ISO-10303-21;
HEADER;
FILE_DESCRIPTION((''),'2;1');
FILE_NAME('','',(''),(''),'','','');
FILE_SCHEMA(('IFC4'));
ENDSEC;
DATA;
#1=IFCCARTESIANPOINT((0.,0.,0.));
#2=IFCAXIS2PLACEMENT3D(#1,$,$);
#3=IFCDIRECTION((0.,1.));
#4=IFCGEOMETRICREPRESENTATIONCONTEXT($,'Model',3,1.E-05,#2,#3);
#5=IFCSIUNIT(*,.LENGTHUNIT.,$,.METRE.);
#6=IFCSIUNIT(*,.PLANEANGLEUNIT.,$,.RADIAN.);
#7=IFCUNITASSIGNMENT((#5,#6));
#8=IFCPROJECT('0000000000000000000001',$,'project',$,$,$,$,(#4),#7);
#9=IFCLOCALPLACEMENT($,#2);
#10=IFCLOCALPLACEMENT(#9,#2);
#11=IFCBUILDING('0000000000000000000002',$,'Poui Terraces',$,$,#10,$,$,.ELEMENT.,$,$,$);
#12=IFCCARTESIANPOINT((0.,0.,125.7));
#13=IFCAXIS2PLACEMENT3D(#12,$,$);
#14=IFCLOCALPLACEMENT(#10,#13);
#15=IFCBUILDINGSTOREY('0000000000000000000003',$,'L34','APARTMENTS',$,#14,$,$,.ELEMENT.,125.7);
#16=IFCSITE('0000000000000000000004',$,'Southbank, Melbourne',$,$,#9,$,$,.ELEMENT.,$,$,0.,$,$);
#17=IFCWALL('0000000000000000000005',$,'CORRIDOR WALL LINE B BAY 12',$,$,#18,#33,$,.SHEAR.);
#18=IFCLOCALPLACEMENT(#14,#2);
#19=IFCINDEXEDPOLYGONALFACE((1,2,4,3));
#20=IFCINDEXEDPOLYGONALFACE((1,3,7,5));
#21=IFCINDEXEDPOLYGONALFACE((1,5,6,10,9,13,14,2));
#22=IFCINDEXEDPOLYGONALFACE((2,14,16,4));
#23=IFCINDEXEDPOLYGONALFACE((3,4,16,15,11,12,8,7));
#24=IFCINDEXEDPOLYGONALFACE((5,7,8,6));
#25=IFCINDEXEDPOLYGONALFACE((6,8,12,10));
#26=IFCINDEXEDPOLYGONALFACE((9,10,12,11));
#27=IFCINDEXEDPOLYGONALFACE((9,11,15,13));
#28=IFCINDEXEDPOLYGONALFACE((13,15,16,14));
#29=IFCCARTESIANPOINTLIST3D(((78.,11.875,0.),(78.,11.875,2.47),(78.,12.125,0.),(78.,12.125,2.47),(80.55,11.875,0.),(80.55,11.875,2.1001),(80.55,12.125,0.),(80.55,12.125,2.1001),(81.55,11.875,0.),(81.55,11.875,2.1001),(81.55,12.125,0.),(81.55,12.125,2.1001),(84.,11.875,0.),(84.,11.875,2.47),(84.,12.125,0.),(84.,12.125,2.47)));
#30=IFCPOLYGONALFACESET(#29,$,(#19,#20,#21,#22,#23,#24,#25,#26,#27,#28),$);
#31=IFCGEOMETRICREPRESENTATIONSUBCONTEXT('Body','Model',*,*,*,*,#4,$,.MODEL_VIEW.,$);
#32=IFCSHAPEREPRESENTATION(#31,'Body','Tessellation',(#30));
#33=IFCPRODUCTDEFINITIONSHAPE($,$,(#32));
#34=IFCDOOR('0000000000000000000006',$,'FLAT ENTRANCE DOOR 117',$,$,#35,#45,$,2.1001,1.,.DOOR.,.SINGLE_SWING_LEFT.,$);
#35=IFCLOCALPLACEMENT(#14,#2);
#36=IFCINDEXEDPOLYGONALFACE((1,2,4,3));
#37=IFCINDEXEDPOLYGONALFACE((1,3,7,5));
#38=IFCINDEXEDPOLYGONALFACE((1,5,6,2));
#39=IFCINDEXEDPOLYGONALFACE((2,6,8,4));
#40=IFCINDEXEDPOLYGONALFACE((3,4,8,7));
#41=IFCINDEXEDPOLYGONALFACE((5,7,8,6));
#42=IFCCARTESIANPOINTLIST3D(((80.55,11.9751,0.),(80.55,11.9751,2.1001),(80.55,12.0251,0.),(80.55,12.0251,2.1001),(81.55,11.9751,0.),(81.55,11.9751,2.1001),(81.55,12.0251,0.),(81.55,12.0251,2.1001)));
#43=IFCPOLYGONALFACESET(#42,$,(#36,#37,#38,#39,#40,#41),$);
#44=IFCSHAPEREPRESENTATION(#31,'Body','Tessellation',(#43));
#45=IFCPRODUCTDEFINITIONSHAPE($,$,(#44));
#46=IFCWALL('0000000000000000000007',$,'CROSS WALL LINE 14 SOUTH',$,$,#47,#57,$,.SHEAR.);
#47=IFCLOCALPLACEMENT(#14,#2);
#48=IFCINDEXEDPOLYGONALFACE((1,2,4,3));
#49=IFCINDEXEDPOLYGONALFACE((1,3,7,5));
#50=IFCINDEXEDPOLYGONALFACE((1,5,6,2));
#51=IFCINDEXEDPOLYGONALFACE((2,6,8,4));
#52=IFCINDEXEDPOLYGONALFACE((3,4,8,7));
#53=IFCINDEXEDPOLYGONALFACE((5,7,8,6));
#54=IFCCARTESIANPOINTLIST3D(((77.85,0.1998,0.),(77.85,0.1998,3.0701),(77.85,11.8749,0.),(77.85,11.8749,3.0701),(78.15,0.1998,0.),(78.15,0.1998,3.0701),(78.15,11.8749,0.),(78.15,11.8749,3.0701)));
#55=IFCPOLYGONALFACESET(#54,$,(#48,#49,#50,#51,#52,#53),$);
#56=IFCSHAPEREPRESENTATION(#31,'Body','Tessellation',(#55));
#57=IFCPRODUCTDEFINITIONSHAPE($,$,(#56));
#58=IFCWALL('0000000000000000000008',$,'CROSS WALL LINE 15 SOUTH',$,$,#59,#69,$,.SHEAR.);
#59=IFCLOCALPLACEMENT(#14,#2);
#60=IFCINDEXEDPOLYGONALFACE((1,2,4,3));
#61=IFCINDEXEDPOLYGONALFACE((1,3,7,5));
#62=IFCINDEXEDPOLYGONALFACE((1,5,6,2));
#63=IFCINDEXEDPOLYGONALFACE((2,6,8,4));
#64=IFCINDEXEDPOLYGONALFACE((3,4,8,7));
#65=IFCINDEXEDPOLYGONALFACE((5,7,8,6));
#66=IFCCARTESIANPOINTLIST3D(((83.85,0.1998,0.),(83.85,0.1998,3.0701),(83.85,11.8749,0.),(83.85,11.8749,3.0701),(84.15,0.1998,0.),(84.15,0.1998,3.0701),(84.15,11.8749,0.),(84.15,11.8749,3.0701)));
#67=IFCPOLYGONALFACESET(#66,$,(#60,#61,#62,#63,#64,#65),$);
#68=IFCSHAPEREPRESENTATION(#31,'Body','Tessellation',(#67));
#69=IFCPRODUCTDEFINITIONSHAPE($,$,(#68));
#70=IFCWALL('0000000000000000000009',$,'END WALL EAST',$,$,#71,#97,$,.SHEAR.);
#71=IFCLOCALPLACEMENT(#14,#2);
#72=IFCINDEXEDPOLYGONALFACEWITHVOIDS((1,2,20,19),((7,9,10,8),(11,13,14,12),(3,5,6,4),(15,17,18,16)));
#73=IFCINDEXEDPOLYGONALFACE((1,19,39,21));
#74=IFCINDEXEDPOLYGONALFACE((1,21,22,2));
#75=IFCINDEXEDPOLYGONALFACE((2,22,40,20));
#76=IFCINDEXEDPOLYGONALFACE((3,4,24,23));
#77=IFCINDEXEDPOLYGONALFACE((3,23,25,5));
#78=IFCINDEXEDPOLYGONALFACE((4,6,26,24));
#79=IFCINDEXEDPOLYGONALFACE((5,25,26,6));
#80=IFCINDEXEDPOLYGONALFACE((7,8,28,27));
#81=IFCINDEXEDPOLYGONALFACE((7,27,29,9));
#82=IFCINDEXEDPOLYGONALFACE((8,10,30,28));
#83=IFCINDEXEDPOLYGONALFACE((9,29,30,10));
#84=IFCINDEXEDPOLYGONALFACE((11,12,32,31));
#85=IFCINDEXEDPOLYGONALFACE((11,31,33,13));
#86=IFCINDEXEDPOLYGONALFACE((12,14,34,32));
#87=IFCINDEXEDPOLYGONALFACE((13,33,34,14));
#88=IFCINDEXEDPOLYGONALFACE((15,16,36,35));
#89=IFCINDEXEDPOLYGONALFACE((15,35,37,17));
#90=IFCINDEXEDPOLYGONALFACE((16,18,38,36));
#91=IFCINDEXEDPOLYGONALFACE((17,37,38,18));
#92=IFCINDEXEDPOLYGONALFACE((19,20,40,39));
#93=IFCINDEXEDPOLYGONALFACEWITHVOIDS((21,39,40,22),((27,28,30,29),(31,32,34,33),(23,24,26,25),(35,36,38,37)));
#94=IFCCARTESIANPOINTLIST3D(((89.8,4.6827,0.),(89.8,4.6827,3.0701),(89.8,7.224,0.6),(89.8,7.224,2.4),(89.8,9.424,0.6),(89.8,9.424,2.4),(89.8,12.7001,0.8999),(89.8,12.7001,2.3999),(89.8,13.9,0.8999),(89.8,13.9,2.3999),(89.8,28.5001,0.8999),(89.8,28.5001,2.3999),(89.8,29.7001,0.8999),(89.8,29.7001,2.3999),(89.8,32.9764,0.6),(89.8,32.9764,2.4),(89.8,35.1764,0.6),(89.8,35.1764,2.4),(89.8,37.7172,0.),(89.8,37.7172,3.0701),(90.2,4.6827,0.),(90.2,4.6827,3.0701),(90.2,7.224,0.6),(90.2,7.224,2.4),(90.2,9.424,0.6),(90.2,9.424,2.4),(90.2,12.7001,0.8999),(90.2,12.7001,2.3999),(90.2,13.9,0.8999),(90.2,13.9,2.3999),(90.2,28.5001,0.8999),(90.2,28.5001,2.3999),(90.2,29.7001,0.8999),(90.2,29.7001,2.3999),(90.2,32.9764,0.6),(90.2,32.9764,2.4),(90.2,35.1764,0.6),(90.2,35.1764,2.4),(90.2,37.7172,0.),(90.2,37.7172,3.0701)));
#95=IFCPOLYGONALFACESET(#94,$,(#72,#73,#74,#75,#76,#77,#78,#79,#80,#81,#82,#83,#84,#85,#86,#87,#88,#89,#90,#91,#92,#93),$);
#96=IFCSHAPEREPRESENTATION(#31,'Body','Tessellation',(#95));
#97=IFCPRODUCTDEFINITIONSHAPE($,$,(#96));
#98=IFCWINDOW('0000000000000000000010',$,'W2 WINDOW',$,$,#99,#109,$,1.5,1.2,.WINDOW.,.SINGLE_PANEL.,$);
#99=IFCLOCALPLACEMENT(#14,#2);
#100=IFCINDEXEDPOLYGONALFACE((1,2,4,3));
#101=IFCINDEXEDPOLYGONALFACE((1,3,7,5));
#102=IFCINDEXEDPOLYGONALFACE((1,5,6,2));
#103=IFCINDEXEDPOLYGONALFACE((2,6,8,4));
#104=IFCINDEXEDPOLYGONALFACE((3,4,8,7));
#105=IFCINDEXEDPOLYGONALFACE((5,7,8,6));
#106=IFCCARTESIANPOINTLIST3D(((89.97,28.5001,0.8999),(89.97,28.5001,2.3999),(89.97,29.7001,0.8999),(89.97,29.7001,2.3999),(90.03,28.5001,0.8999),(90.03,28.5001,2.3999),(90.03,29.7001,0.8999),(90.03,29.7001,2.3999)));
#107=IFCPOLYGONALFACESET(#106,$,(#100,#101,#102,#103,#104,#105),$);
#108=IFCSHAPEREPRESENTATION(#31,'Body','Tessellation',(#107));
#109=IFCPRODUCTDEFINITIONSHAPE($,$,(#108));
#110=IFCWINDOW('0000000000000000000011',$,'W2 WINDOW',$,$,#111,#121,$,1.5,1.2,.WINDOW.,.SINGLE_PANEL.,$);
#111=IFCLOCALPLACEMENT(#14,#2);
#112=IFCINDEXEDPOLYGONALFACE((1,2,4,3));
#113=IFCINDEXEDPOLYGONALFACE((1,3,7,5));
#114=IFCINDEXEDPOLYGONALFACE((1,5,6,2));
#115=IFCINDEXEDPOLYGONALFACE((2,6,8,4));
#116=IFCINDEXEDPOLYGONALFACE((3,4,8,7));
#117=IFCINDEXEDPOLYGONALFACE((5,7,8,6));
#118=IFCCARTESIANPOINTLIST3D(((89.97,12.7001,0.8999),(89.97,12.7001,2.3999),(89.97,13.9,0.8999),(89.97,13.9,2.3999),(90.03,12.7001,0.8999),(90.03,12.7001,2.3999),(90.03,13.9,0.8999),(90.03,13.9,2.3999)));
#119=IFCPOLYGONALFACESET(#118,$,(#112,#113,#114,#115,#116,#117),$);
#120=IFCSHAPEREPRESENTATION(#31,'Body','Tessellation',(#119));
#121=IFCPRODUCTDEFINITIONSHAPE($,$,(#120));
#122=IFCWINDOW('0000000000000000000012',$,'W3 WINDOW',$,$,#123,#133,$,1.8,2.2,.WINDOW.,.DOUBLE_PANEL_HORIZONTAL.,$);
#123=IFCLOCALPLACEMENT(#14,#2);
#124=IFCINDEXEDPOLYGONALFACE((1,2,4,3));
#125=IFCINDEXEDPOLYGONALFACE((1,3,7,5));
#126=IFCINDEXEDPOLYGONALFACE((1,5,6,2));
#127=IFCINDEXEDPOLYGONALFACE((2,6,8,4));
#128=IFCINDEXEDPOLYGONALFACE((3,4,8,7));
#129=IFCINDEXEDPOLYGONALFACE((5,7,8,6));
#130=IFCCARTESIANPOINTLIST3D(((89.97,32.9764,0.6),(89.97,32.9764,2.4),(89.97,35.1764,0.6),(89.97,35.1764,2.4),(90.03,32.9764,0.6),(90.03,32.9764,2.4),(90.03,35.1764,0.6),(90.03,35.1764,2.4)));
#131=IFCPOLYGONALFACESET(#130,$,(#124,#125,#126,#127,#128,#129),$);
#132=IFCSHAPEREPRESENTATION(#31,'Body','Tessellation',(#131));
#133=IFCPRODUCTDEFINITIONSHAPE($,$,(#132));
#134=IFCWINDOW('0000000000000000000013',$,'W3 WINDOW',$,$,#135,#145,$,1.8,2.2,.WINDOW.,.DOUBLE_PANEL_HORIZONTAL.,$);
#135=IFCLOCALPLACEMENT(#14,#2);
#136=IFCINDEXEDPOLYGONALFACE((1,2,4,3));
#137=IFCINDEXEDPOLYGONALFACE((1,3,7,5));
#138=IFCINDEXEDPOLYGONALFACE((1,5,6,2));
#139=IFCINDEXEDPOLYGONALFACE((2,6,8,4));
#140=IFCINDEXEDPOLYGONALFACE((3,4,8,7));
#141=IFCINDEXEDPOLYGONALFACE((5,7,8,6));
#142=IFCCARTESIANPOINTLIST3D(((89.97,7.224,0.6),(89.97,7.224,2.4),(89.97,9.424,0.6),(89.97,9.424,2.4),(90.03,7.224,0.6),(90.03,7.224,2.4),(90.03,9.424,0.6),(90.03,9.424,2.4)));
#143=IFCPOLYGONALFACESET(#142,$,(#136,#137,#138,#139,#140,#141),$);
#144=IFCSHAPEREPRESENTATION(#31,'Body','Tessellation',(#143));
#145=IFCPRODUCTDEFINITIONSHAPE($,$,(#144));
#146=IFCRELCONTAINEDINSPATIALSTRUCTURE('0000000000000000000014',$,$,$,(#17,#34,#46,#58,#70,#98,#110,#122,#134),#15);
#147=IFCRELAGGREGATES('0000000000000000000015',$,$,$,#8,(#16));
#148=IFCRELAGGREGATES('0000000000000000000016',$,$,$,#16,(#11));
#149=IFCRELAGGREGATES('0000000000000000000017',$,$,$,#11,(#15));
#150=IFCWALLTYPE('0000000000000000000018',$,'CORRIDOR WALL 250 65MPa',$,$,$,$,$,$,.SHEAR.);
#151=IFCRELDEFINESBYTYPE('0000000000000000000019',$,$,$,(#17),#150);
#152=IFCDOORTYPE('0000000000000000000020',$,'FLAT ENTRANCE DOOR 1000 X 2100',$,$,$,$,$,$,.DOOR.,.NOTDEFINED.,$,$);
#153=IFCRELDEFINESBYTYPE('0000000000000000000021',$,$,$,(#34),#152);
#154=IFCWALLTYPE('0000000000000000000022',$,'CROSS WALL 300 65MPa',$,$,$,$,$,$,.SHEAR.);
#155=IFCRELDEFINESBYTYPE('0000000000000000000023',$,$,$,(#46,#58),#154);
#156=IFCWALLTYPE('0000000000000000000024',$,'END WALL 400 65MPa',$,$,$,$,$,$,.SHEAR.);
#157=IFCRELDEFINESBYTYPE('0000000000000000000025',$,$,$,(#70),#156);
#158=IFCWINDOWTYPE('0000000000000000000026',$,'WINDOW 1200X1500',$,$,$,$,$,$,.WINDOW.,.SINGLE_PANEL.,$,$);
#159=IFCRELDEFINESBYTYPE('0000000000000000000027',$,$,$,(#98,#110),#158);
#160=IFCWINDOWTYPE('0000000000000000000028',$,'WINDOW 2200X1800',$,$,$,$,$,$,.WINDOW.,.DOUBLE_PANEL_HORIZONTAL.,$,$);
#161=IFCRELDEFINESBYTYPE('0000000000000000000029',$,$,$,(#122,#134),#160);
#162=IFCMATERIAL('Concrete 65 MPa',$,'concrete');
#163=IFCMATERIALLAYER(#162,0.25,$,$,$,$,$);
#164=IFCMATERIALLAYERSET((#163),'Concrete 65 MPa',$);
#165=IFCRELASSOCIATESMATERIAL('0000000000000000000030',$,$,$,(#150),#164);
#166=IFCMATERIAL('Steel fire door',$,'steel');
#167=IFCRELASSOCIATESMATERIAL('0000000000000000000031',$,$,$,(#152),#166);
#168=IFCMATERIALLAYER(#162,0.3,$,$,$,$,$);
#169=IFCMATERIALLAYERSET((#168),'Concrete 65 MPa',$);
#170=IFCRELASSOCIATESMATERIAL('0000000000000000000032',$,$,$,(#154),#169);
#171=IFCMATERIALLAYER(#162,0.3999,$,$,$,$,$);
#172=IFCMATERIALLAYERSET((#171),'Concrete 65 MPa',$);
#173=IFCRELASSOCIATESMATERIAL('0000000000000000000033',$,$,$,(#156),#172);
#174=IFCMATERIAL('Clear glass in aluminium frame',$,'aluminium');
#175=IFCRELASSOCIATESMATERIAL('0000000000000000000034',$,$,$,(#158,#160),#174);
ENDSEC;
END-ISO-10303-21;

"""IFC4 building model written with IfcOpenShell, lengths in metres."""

from ifc_helpers import new_model, si_unit, direction, frame, frame_2d, origin, place, context, subcontext, project, spatial, rectangle, extrude, material, layer, layer_set, type_object, element, fill, save


model = new_model("IFC4")

# Units and contexts
model_context = context("Model", 3, precision=1e-05, world=origin(), true_north=direction((0.0, 1.0)))
body_context = subcontext(model_context, "Body", "Model", "MODEL_VIEW")
ifc_project = project(units=[si_unit("LENGTHUNIT", "METRE"), si_unit("PLANEANGLEUNIT", "RADIAN")], contexts=[model_context])

# Site, building, storey
site_placement = place(None, origin())
site = spatial("IfcSite", under=ifc_project, at=site_placement, Name="Southbank, Melbourne", CompositionType="ELEMENT", RefElevation=0.0)
building_placement = place(site_placement, origin())
building = spatial("IfcBuilding", under=site, at=building_placement, Name="Poui Terraces", CompositionType="ELEMENT")
storey_placement = place(building_placement, frame((0.0, 0.0, 125.7)))
storey = spatial("IfcBuildingStorey", under=building, at=storey_placement, Name="L34", Description="APARTMENTS", CompositionType="ELEMENT", Elevation=125.7)

# Wall, opening, door
ifc_material_1 = material(Name="Concrete 65 MPa", Category="concrete")
ifc_layer_1 = layer(ifc_material_1, 0.25)
ifc_layer_set_1 = layer_set([ifc_layer_1], Name="Concrete 65 MPa")
wall_type_1 = type_object("IfcWallType", Name="CORRIDOR WALL 250 65MPa", PredefinedType="SHEAR", material=ifc_layer_set_1)
wall_1_placement = place(storey_placement, frame((78.0, 12.0, 0.0), z_axis=(0.0, 0.0, 1.0), x_axis=(1.0, 0.0, 0.0)))
wall_1 = element("IfcWall", 1, at=wall_1_placement, inside=storey, type_object=wall_type_1, Name="CORRIDOR WALL LINE B BAY 12", PredefinedType="SHEAR", context=body_context, shape_type="SweptSolid", body=[
    extrude(rectangle(XDim=6.0, YDim=0.25, at=frame_2d((3.0, 0.0))), origin(), (0.0, 0.0, 1.0), 2.47),
])
opening_1_placement = place(wall_1_placement, frame((2.55, 0.0, 0.0)))
opening_1 = element("IfcOpeningElement", 2, at=opening_1_placement, cuts=wall_1, PredefinedType="OPENING", context=body_context, shape_type="SweptSolid", body=[
    extrude(rectangle(XDim=1.0, YDim=2.1001, at=frame_2d((0.5, 1.05))), frame((0.0, 0.135, 0.0), z_axis=(0.0, -1.0, 0.0), x_axis=(1.0, 0.0, 0.0)), (0.0, 0.0, 1.0), 0.27),
])
ifc_material_2 = material(Name="Steel fire door", Category="steel")
door_type_1 = type_object("IfcDoorType", Name="FLAT ENTRANCE DOOR 1000 X 2100", OperationType="NOTDEFINED", PredefinedType="DOOR", material=ifc_material_2)
door_1_placement = place(opening_1_placement, frame((1.0, 0.0, 0.0), z_axis=(0.0, 0.0, 1.0), x_axis=(-1.0, 0.0, 0.0)))
door_1 = element("IfcDoor", 3, at=door_1_placement, inside=storey, type_object=door_type_1, Name="FLAT ENTRANCE DOOR 117", OperationType="SINGLE_SWING_LEFT", OverallHeight=2.1001, OverallWidth=1.0, PredefinedType="DOOR", context=body_context, shape_type="SweptSolid", body=[
    extrude(rectangle(XDim=1.0, YDim=2.1001, at=frame_2d((0.5, 1.05))), frame((0.0, 0.0249, 0.0), z_axis=(0.0, -1.0, 0.0), x_axis=(1.0, 0.0, 0.0)), (0.0, 0.0, 1.0), 0.05),
])
fill(opening_1, door_1)

# Walls
ifc_layer_2 = layer(ifc_material_1, 0.3)
ifc_layer_set_2 = layer_set([ifc_layer_2], Name="Concrete 65 MPa")
wall_type_2 = type_object("IfcWallType", Name="CROSS WALL 300 65MPa", PredefinedType="SHEAR", material=ifc_layer_set_2)
for number, where, z_axis, x_axis, name in (
    (4, (78.0, 0.2, 0.0), (0.0, 0.0, 1.0), (0.0, 1.0, 0.0), "CROSS WALL LINE 14 SOUTH"),
    (5, (84.0, 0.2, 0.0), (0.0, 0.0, 1.0), (0.0, 1.0, 0.0), "CROSS WALL LINE 15 SOUTH"),
):
    element("IfcWall", number, at=place(storey_placement, frame(where, z_axis=z_axis, x_axis=x_axis)), inside=storey, type_object=wall_type_2, Name=name, PredefinedType="SHEAR", context=body_context, shape_type="SweptSolid", body=[
        extrude(rectangle(XDim=11.675, YDim=0.3, at=frame_2d((5.8374, 0.0))), origin(), (0.0, 0.0, 1.0), 3.0701),
    ])

# Wall, openings, windows
ifc_layer_3 = layer(ifc_material_1, 0.3999)
ifc_layer_set_3 = layer_set([ifc_layer_3], Name="Concrete 65 MPa")
wall_type_3 = type_object("IfcWallType", Name="END WALL 400 65MPa", PredefinedType="SHEAR", material=ifc_layer_set_3)
wall_2_placement = place(storey_placement, frame((90.0, 4.6829, 0.0), z_axis=(0.0, 0.0, 1.0), x_axis=(0.0, 1.0, 0.0)))
wall_2 = element("IfcWall", 6, at=wall_2_placement, inside=storey, type_object=wall_type_3, Name="END WALL EAST", PredefinedType="SHEAR", context=body_context, shape_type="SweptSolid", body=[
    extrude(rectangle(XDim=33.0344, YDim=0.3999, at=frame_2d((16.5171, 0.0))), origin(), (0.0, 0.0, 1.0), 3.0701),
])
opening_2_placement = place(wall_2_placement, frame((23.8171, 0.0, 0.8999)))
opening_2 = element("IfcOpeningElement", 7, at=opening_2_placement, cuts=wall_2, PredefinedType="OPENING", context=body_context, shape_type="SweptSolid", body=[
    extrude(rectangle(XDim=1.2, YDim=1.5, at=frame_2d((0.6001, 0.75))), frame((0.0, 0.21, 0.0), z_axis=(0.0, -1.0, 0.0), x_axis=(1.0, 0.0, 0.0)), (0.0, 0.0, 1.0), 0.4199),
])
opening_3_placement = place(wall_2_placement, frame((8.0171, 0.0, 0.8999)))
opening_3 = element("IfcOpeningElement", 8, at=opening_3_placement, cuts=wall_2, PredefinedType="OPENING", context=body_context, shape_type="SweptSolid", body=[
    extrude(rectangle(XDim=1.2, YDim=1.5, at=frame_2d((0.6001, 0.75))), frame((0.0, 0.21, 0.0), z_axis=(0.0, -1.0, 0.0), x_axis=(1.0, 0.0, 0.0)), (0.0, 0.0, 1.0), 0.4199),
])
opening_4_placement = place(wall_2_placement, frame((28.2935, 0.0, 0.6001)))
opening_4 = element("IfcOpeningElement", 9, at=opening_4_placement, cuts=wall_2, PredefinedType="OPENING", context=body_context, shape_type="SweptSolid", body=[
    extrude(rectangle(XDim=2.2, YDim=1.8, at=frame_2d((1.1001, 0.8999))), frame((0.0, 0.21, 0.0), z_axis=(0.0, -1.0, 0.0), x_axis=(1.0, 0.0, 0.0)), (0.0, 0.0, 1.0), 0.4199),
])
opening_5_placement = place(wall_2_placement, frame((2.541, 0.0, 0.6001)))
opening_5 = element("IfcOpeningElement", 10, at=opening_5_placement, cuts=wall_2, PredefinedType="OPENING", context=body_context, shape_type="SweptSolid", body=[
    extrude(rectangle(XDim=2.2, YDim=1.8, at=frame_2d((1.1001, 0.8999))), frame((0.0, 0.21, 0.0), z_axis=(0.0, -1.0, 0.0), x_axis=(1.0, 0.0, 0.0)), (0.0, 0.0, 1.0), 0.4199),
])
ifc_material_3 = material(Name="Clear glass in aluminium frame", Category="aluminium")
window_type_1 = type_object("IfcWindowType", Name="WINDOW 1200X1500", PartitioningType="SINGLE_PANEL", PredefinedType="WINDOW", material=ifc_material_3)
window_1_placement = place(opening_2_placement, origin())
window_1 = element("IfcWindow", 11, at=window_1_placement, inside=storey, type_object=window_type_1, Name="W2 WINDOW", OverallHeight=1.5, OverallWidth=1.2, PartitioningType="SINGLE_PANEL", PredefinedType="WINDOW", context=body_context, shape_type="SweptSolid", body=[
    extrude(rectangle(XDim=1.2, YDim=1.5, at=frame_2d((0.6001, 0.75))), frame((0.0, 0.03, 0.0), z_axis=(0.0, -1.0, 0.0), x_axis=(1.0, 0.0, 0.0)), (0.0, 0.0, 1.0), 0.0601),
])
fill(opening_2, window_1)
window_2_placement = place(opening_3_placement, origin())
window_2 = element("IfcWindow", 12, at=window_2_placement, inside=storey, type_object=window_type_1, Name="W2 WINDOW", OverallHeight=1.5, OverallWidth=1.2, PartitioningType="SINGLE_PANEL", PredefinedType="WINDOW", context=body_context, shape_type="SweptSolid", body=[
    extrude(rectangle(XDim=1.2, YDim=1.5, at=frame_2d((0.6001, 0.75))), frame((0.0, 0.03, 0.0), z_axis=(0.0, -1.0, 0.0), x_axis=(1.0, 0.0, 0.0)), (0.0, 0.0, 1.0), 0.0601),
])
fill(opening_3, window_2)
window_type_2 = type_object("IfcWindowType", Name="WINDOW 2200X1800", PartitioningType="DOUBLE_PANEL_HORIZONTAL", PredefinedType="WINDOW", material=ifc_material_3)
window_3_placement = place(opening_4_placement, origin())
window_3 = element("IfcWindow", 13, at=window_3_placement, inside=storey, type_object=window_type_2, Name="W3 WINDOW", OverallHeight=1.8, OverallWidth=2.2, PartitioningType="DOUBLE_PANEL_HORIZONTAL", PredefinedType="WINDOW", context=body_context, shape_type="SweptSolid", body=[
    extrude(rectangle(XDim=2.2, YDim=1.8, at=frame_2d((1.1001, 0.8999))), frame((0.0, 0.03, 0.0), z_axis=(0.0, -1.0, 0.0), x_axis=(1.0, 0.0, 0.0)), (0.0, 0.0, 1.0), 0.0601),
])
fill(opening_4, window_3)
window_4_placement = place(opening_5_placement, origin())
window_4 = element("IfcWindow", 14, at=window_4_placement, inside=storey, type_object=window_type_2, Name="W3 WINDOW", OverallHeight=1.8, OverallWidth=2.2, PartitioningType="DOUBLE_PANEL_HORIZONTAL", PredefinedType="WINDOW", context=body_context, shape_type="SweptSolid", body=[
    extrude(rectangle(XDim=2.2, YDim=1.8, at=frame_2d((1.1001, 0.8999))), frame((0.0, 0.03, 0.0), z_axis=(0.0, -1.0, 0.0), x_axis=(1.0, 0.0, 0.0)), (0.0, 0.0, 1.0), 0.0601),
])
fill(opening_5, window_4)

save(model, "model.ifc")
